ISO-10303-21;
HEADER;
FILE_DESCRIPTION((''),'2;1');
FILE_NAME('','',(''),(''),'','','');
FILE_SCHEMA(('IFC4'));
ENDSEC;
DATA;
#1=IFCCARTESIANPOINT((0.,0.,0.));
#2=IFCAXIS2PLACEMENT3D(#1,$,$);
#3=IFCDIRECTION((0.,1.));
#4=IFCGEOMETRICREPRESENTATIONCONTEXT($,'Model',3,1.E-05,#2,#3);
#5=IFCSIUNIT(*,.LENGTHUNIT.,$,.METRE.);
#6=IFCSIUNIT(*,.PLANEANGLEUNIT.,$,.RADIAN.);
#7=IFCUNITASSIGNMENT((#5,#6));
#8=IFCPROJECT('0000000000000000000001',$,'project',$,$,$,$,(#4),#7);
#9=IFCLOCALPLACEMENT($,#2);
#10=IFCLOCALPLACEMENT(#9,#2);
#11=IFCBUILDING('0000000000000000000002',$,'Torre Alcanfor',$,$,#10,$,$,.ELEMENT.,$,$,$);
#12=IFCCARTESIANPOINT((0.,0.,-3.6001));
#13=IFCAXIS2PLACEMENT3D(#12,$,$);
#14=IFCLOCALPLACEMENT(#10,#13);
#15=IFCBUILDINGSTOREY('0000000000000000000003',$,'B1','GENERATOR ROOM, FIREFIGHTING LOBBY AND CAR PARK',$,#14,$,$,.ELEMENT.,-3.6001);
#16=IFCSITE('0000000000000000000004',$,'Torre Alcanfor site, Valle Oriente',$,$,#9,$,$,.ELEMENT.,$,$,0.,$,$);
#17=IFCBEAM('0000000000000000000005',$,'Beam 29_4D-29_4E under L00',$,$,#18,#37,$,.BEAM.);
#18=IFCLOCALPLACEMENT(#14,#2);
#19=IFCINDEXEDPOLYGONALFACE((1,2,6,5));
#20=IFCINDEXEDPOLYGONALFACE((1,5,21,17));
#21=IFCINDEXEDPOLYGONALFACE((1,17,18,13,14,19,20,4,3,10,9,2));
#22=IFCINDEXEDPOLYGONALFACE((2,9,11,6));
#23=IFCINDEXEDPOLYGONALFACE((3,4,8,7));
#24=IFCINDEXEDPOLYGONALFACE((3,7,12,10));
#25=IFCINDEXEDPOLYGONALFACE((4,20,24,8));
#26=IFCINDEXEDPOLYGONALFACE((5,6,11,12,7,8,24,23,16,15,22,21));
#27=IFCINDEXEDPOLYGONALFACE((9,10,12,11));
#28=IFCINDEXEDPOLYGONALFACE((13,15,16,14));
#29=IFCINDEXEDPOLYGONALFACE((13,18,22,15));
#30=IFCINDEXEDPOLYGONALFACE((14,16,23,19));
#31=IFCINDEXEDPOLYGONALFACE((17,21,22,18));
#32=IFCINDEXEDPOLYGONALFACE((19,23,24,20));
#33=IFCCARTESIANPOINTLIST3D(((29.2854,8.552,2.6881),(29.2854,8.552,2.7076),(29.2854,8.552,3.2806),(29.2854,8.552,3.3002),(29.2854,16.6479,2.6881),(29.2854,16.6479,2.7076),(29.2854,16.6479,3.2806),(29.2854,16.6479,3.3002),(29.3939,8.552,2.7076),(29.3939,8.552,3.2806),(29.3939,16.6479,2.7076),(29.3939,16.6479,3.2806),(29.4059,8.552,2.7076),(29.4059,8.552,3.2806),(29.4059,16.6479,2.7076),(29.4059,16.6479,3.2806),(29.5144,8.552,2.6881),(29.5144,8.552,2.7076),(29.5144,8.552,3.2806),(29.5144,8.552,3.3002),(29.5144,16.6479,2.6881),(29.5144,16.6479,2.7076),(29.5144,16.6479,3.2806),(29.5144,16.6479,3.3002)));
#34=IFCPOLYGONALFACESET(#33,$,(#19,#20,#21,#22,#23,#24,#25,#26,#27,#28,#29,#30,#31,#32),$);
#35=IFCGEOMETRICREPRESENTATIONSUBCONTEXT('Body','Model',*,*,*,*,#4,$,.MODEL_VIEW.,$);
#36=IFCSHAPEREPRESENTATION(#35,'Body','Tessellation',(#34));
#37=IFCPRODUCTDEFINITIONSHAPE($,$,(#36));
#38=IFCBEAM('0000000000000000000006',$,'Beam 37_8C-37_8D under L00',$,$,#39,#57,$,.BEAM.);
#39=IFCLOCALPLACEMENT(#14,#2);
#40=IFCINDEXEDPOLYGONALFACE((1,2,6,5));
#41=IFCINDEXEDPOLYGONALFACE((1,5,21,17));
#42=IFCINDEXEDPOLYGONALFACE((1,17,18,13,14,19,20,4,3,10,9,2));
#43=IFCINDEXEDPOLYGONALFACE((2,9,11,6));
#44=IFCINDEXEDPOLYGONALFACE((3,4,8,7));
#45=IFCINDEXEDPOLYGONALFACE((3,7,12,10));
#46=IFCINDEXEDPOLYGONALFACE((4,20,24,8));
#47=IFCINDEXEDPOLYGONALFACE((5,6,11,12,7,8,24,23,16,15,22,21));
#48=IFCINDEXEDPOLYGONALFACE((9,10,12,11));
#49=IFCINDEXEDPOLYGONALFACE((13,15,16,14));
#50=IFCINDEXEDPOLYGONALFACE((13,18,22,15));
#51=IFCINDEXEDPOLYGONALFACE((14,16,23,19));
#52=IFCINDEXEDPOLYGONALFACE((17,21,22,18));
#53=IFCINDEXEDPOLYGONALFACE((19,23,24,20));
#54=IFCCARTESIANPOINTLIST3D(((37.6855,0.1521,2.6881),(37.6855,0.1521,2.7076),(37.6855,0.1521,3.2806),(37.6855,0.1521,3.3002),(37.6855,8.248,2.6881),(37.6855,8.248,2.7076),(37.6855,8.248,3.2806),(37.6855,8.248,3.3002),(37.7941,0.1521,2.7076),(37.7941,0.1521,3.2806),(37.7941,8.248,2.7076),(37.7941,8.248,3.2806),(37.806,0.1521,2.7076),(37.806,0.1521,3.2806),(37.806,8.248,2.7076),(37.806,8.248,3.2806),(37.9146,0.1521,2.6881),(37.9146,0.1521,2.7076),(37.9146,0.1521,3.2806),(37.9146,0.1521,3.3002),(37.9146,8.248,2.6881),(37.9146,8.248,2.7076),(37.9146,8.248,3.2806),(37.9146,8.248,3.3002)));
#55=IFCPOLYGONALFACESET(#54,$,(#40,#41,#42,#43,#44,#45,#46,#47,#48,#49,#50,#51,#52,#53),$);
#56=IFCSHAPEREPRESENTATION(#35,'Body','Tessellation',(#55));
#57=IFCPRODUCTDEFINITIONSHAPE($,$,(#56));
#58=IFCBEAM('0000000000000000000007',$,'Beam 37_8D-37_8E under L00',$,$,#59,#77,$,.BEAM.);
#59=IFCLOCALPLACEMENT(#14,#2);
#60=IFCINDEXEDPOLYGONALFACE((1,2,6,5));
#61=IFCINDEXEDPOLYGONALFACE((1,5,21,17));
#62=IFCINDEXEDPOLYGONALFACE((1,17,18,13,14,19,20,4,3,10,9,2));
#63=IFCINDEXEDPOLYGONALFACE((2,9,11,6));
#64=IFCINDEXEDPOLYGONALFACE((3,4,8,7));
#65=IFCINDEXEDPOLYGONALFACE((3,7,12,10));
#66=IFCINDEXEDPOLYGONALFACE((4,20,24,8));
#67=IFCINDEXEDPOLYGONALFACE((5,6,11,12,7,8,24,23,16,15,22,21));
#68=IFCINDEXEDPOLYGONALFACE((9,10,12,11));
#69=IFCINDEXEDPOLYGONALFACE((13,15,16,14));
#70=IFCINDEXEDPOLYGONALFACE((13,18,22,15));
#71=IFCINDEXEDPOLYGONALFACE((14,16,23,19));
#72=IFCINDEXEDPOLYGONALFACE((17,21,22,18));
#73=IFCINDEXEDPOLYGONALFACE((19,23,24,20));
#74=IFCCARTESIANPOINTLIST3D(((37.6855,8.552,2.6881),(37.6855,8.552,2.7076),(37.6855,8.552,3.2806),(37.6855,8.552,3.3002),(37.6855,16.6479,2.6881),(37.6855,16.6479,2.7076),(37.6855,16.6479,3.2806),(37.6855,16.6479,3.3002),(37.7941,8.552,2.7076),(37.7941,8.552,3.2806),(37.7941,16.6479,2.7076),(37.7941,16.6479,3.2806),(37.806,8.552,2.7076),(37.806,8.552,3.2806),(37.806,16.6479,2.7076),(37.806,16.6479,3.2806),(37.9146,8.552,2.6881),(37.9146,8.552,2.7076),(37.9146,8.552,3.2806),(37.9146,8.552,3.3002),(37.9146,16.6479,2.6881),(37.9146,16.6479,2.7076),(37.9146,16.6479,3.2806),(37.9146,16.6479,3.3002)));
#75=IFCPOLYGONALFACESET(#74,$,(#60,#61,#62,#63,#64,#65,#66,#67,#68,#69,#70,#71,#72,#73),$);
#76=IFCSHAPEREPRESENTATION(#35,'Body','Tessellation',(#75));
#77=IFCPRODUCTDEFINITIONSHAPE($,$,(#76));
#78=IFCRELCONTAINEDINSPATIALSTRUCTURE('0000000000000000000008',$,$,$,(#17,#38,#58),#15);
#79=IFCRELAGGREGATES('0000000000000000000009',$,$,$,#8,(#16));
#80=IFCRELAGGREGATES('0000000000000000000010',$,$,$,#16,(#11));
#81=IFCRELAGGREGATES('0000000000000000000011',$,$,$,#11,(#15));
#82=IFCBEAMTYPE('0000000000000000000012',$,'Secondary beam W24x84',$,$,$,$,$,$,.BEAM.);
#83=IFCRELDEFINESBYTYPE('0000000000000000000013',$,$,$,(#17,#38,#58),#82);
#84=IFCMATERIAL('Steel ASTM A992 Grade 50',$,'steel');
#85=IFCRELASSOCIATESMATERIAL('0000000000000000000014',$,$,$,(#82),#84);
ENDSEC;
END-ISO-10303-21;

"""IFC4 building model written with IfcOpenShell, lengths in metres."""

from ifc_helpers import new_model, si_unit, direction, frame, origin, origin_2d, place, context, subcontext, project, spatial, i_section, extrude, material, material_profile, profile_set, type_object, element, save


model = new_model("IFC4")

# Units and contexts
model_context = context("Model", 3, precision=1e-05, world=origin(), true_north=direction((0.0, 1.0)))
body_context = subcontext(model_context, "Body", "Model", "MODEL_VIEW")
ifc_project = project(units=[si_unit("LENGTHUNIT", "METRE"), si_unit("PLANEANGLEUNIT", "RADIAN")], contexts=[model_context])

# Site, building, storey
site_placement = place(None, origin())
site = spatial("IfcSite", under=ifc_project, at=site_placement, Name="Torre Alcanfor site, Valle Oriente", CompositionType="ELEMENT", RefElevation=0.0)
building_placement = place(site_placement, origin())
building = spatial("IfcBuilding", under=site, at=building_placement, Name="Torre Alcanfor", CompositionType="ELEMENT")
storey_placement = place(building_placement, frame((0.0, 0.0, -3.6001)))
storey = spatial("IfcBuildingStorey", under=building, at=storey_placement, Name="B1", Description="GENERATOR ROOM, FIREFIGHTING LOBBY AND CAR PARK", CompositionType="ELEMENT", Elevation=-3.6001)

# Beams
ifc_material_1 = material(Name="Steel ASTM A992 Grade 50", Category="steel")
ifc_material_profile_1 = material_profile(ifc_material_1, i_section(OverallWidth=0.229, OverallDepth=0.6121, WebThickness=0.012, FlangeThickness=0.0195, at=origin_2d()), Name="W24x84")
ifc_profile_set_1 = profile_set([ifc_material_profile_1], Name="Steel ASTM A992 Grade 50")
beam_type_1 = type_object("IfcBeamType", Name="Secondary beam W24x84", PredefinedType="BEAM", material=ifc_profile_set_1)
for number, where, z_axis, x_axis, name in (
    (1, (29.3999, 8.552, 2.9941), (0.0, 1.0, 0.0), (-1.0, 0.0, 0.0), "Beam 29_4D-29_4E under L00"),
    (2, (37.8, 0.1521, 2.9941), (0.0, 1.0, 0.0), (-1.0, 0.0, 0.0), "Beam 37_8C-37_8D under L00"),
    (3, (37.8, 8.552, 2.9941), (0.0, 1.0, 0.0), (-1.0, 0.0, 0.0), "Beam 37_8D-37_8E under L00"),
):
    element("IfcBeam", number, at=place(storey_placement, frame(where, z_axis=z_axis, x_axis=x_axis)), inside=storey, type_object=beam_type_1, Name=name, PredefinedType="BEAM", context=body_context, shape_type="SweptSolid", body=[
        extrude(i_section(OverallWidth=0.229, OverallDepth=0.6121, WebThickness=0.012, FlangeThickness=0.0195, at=origin_2d()), origin(), (0.0, 0.0, 1.0), 8.0959),
    ])

save(model, "model.ifc")
